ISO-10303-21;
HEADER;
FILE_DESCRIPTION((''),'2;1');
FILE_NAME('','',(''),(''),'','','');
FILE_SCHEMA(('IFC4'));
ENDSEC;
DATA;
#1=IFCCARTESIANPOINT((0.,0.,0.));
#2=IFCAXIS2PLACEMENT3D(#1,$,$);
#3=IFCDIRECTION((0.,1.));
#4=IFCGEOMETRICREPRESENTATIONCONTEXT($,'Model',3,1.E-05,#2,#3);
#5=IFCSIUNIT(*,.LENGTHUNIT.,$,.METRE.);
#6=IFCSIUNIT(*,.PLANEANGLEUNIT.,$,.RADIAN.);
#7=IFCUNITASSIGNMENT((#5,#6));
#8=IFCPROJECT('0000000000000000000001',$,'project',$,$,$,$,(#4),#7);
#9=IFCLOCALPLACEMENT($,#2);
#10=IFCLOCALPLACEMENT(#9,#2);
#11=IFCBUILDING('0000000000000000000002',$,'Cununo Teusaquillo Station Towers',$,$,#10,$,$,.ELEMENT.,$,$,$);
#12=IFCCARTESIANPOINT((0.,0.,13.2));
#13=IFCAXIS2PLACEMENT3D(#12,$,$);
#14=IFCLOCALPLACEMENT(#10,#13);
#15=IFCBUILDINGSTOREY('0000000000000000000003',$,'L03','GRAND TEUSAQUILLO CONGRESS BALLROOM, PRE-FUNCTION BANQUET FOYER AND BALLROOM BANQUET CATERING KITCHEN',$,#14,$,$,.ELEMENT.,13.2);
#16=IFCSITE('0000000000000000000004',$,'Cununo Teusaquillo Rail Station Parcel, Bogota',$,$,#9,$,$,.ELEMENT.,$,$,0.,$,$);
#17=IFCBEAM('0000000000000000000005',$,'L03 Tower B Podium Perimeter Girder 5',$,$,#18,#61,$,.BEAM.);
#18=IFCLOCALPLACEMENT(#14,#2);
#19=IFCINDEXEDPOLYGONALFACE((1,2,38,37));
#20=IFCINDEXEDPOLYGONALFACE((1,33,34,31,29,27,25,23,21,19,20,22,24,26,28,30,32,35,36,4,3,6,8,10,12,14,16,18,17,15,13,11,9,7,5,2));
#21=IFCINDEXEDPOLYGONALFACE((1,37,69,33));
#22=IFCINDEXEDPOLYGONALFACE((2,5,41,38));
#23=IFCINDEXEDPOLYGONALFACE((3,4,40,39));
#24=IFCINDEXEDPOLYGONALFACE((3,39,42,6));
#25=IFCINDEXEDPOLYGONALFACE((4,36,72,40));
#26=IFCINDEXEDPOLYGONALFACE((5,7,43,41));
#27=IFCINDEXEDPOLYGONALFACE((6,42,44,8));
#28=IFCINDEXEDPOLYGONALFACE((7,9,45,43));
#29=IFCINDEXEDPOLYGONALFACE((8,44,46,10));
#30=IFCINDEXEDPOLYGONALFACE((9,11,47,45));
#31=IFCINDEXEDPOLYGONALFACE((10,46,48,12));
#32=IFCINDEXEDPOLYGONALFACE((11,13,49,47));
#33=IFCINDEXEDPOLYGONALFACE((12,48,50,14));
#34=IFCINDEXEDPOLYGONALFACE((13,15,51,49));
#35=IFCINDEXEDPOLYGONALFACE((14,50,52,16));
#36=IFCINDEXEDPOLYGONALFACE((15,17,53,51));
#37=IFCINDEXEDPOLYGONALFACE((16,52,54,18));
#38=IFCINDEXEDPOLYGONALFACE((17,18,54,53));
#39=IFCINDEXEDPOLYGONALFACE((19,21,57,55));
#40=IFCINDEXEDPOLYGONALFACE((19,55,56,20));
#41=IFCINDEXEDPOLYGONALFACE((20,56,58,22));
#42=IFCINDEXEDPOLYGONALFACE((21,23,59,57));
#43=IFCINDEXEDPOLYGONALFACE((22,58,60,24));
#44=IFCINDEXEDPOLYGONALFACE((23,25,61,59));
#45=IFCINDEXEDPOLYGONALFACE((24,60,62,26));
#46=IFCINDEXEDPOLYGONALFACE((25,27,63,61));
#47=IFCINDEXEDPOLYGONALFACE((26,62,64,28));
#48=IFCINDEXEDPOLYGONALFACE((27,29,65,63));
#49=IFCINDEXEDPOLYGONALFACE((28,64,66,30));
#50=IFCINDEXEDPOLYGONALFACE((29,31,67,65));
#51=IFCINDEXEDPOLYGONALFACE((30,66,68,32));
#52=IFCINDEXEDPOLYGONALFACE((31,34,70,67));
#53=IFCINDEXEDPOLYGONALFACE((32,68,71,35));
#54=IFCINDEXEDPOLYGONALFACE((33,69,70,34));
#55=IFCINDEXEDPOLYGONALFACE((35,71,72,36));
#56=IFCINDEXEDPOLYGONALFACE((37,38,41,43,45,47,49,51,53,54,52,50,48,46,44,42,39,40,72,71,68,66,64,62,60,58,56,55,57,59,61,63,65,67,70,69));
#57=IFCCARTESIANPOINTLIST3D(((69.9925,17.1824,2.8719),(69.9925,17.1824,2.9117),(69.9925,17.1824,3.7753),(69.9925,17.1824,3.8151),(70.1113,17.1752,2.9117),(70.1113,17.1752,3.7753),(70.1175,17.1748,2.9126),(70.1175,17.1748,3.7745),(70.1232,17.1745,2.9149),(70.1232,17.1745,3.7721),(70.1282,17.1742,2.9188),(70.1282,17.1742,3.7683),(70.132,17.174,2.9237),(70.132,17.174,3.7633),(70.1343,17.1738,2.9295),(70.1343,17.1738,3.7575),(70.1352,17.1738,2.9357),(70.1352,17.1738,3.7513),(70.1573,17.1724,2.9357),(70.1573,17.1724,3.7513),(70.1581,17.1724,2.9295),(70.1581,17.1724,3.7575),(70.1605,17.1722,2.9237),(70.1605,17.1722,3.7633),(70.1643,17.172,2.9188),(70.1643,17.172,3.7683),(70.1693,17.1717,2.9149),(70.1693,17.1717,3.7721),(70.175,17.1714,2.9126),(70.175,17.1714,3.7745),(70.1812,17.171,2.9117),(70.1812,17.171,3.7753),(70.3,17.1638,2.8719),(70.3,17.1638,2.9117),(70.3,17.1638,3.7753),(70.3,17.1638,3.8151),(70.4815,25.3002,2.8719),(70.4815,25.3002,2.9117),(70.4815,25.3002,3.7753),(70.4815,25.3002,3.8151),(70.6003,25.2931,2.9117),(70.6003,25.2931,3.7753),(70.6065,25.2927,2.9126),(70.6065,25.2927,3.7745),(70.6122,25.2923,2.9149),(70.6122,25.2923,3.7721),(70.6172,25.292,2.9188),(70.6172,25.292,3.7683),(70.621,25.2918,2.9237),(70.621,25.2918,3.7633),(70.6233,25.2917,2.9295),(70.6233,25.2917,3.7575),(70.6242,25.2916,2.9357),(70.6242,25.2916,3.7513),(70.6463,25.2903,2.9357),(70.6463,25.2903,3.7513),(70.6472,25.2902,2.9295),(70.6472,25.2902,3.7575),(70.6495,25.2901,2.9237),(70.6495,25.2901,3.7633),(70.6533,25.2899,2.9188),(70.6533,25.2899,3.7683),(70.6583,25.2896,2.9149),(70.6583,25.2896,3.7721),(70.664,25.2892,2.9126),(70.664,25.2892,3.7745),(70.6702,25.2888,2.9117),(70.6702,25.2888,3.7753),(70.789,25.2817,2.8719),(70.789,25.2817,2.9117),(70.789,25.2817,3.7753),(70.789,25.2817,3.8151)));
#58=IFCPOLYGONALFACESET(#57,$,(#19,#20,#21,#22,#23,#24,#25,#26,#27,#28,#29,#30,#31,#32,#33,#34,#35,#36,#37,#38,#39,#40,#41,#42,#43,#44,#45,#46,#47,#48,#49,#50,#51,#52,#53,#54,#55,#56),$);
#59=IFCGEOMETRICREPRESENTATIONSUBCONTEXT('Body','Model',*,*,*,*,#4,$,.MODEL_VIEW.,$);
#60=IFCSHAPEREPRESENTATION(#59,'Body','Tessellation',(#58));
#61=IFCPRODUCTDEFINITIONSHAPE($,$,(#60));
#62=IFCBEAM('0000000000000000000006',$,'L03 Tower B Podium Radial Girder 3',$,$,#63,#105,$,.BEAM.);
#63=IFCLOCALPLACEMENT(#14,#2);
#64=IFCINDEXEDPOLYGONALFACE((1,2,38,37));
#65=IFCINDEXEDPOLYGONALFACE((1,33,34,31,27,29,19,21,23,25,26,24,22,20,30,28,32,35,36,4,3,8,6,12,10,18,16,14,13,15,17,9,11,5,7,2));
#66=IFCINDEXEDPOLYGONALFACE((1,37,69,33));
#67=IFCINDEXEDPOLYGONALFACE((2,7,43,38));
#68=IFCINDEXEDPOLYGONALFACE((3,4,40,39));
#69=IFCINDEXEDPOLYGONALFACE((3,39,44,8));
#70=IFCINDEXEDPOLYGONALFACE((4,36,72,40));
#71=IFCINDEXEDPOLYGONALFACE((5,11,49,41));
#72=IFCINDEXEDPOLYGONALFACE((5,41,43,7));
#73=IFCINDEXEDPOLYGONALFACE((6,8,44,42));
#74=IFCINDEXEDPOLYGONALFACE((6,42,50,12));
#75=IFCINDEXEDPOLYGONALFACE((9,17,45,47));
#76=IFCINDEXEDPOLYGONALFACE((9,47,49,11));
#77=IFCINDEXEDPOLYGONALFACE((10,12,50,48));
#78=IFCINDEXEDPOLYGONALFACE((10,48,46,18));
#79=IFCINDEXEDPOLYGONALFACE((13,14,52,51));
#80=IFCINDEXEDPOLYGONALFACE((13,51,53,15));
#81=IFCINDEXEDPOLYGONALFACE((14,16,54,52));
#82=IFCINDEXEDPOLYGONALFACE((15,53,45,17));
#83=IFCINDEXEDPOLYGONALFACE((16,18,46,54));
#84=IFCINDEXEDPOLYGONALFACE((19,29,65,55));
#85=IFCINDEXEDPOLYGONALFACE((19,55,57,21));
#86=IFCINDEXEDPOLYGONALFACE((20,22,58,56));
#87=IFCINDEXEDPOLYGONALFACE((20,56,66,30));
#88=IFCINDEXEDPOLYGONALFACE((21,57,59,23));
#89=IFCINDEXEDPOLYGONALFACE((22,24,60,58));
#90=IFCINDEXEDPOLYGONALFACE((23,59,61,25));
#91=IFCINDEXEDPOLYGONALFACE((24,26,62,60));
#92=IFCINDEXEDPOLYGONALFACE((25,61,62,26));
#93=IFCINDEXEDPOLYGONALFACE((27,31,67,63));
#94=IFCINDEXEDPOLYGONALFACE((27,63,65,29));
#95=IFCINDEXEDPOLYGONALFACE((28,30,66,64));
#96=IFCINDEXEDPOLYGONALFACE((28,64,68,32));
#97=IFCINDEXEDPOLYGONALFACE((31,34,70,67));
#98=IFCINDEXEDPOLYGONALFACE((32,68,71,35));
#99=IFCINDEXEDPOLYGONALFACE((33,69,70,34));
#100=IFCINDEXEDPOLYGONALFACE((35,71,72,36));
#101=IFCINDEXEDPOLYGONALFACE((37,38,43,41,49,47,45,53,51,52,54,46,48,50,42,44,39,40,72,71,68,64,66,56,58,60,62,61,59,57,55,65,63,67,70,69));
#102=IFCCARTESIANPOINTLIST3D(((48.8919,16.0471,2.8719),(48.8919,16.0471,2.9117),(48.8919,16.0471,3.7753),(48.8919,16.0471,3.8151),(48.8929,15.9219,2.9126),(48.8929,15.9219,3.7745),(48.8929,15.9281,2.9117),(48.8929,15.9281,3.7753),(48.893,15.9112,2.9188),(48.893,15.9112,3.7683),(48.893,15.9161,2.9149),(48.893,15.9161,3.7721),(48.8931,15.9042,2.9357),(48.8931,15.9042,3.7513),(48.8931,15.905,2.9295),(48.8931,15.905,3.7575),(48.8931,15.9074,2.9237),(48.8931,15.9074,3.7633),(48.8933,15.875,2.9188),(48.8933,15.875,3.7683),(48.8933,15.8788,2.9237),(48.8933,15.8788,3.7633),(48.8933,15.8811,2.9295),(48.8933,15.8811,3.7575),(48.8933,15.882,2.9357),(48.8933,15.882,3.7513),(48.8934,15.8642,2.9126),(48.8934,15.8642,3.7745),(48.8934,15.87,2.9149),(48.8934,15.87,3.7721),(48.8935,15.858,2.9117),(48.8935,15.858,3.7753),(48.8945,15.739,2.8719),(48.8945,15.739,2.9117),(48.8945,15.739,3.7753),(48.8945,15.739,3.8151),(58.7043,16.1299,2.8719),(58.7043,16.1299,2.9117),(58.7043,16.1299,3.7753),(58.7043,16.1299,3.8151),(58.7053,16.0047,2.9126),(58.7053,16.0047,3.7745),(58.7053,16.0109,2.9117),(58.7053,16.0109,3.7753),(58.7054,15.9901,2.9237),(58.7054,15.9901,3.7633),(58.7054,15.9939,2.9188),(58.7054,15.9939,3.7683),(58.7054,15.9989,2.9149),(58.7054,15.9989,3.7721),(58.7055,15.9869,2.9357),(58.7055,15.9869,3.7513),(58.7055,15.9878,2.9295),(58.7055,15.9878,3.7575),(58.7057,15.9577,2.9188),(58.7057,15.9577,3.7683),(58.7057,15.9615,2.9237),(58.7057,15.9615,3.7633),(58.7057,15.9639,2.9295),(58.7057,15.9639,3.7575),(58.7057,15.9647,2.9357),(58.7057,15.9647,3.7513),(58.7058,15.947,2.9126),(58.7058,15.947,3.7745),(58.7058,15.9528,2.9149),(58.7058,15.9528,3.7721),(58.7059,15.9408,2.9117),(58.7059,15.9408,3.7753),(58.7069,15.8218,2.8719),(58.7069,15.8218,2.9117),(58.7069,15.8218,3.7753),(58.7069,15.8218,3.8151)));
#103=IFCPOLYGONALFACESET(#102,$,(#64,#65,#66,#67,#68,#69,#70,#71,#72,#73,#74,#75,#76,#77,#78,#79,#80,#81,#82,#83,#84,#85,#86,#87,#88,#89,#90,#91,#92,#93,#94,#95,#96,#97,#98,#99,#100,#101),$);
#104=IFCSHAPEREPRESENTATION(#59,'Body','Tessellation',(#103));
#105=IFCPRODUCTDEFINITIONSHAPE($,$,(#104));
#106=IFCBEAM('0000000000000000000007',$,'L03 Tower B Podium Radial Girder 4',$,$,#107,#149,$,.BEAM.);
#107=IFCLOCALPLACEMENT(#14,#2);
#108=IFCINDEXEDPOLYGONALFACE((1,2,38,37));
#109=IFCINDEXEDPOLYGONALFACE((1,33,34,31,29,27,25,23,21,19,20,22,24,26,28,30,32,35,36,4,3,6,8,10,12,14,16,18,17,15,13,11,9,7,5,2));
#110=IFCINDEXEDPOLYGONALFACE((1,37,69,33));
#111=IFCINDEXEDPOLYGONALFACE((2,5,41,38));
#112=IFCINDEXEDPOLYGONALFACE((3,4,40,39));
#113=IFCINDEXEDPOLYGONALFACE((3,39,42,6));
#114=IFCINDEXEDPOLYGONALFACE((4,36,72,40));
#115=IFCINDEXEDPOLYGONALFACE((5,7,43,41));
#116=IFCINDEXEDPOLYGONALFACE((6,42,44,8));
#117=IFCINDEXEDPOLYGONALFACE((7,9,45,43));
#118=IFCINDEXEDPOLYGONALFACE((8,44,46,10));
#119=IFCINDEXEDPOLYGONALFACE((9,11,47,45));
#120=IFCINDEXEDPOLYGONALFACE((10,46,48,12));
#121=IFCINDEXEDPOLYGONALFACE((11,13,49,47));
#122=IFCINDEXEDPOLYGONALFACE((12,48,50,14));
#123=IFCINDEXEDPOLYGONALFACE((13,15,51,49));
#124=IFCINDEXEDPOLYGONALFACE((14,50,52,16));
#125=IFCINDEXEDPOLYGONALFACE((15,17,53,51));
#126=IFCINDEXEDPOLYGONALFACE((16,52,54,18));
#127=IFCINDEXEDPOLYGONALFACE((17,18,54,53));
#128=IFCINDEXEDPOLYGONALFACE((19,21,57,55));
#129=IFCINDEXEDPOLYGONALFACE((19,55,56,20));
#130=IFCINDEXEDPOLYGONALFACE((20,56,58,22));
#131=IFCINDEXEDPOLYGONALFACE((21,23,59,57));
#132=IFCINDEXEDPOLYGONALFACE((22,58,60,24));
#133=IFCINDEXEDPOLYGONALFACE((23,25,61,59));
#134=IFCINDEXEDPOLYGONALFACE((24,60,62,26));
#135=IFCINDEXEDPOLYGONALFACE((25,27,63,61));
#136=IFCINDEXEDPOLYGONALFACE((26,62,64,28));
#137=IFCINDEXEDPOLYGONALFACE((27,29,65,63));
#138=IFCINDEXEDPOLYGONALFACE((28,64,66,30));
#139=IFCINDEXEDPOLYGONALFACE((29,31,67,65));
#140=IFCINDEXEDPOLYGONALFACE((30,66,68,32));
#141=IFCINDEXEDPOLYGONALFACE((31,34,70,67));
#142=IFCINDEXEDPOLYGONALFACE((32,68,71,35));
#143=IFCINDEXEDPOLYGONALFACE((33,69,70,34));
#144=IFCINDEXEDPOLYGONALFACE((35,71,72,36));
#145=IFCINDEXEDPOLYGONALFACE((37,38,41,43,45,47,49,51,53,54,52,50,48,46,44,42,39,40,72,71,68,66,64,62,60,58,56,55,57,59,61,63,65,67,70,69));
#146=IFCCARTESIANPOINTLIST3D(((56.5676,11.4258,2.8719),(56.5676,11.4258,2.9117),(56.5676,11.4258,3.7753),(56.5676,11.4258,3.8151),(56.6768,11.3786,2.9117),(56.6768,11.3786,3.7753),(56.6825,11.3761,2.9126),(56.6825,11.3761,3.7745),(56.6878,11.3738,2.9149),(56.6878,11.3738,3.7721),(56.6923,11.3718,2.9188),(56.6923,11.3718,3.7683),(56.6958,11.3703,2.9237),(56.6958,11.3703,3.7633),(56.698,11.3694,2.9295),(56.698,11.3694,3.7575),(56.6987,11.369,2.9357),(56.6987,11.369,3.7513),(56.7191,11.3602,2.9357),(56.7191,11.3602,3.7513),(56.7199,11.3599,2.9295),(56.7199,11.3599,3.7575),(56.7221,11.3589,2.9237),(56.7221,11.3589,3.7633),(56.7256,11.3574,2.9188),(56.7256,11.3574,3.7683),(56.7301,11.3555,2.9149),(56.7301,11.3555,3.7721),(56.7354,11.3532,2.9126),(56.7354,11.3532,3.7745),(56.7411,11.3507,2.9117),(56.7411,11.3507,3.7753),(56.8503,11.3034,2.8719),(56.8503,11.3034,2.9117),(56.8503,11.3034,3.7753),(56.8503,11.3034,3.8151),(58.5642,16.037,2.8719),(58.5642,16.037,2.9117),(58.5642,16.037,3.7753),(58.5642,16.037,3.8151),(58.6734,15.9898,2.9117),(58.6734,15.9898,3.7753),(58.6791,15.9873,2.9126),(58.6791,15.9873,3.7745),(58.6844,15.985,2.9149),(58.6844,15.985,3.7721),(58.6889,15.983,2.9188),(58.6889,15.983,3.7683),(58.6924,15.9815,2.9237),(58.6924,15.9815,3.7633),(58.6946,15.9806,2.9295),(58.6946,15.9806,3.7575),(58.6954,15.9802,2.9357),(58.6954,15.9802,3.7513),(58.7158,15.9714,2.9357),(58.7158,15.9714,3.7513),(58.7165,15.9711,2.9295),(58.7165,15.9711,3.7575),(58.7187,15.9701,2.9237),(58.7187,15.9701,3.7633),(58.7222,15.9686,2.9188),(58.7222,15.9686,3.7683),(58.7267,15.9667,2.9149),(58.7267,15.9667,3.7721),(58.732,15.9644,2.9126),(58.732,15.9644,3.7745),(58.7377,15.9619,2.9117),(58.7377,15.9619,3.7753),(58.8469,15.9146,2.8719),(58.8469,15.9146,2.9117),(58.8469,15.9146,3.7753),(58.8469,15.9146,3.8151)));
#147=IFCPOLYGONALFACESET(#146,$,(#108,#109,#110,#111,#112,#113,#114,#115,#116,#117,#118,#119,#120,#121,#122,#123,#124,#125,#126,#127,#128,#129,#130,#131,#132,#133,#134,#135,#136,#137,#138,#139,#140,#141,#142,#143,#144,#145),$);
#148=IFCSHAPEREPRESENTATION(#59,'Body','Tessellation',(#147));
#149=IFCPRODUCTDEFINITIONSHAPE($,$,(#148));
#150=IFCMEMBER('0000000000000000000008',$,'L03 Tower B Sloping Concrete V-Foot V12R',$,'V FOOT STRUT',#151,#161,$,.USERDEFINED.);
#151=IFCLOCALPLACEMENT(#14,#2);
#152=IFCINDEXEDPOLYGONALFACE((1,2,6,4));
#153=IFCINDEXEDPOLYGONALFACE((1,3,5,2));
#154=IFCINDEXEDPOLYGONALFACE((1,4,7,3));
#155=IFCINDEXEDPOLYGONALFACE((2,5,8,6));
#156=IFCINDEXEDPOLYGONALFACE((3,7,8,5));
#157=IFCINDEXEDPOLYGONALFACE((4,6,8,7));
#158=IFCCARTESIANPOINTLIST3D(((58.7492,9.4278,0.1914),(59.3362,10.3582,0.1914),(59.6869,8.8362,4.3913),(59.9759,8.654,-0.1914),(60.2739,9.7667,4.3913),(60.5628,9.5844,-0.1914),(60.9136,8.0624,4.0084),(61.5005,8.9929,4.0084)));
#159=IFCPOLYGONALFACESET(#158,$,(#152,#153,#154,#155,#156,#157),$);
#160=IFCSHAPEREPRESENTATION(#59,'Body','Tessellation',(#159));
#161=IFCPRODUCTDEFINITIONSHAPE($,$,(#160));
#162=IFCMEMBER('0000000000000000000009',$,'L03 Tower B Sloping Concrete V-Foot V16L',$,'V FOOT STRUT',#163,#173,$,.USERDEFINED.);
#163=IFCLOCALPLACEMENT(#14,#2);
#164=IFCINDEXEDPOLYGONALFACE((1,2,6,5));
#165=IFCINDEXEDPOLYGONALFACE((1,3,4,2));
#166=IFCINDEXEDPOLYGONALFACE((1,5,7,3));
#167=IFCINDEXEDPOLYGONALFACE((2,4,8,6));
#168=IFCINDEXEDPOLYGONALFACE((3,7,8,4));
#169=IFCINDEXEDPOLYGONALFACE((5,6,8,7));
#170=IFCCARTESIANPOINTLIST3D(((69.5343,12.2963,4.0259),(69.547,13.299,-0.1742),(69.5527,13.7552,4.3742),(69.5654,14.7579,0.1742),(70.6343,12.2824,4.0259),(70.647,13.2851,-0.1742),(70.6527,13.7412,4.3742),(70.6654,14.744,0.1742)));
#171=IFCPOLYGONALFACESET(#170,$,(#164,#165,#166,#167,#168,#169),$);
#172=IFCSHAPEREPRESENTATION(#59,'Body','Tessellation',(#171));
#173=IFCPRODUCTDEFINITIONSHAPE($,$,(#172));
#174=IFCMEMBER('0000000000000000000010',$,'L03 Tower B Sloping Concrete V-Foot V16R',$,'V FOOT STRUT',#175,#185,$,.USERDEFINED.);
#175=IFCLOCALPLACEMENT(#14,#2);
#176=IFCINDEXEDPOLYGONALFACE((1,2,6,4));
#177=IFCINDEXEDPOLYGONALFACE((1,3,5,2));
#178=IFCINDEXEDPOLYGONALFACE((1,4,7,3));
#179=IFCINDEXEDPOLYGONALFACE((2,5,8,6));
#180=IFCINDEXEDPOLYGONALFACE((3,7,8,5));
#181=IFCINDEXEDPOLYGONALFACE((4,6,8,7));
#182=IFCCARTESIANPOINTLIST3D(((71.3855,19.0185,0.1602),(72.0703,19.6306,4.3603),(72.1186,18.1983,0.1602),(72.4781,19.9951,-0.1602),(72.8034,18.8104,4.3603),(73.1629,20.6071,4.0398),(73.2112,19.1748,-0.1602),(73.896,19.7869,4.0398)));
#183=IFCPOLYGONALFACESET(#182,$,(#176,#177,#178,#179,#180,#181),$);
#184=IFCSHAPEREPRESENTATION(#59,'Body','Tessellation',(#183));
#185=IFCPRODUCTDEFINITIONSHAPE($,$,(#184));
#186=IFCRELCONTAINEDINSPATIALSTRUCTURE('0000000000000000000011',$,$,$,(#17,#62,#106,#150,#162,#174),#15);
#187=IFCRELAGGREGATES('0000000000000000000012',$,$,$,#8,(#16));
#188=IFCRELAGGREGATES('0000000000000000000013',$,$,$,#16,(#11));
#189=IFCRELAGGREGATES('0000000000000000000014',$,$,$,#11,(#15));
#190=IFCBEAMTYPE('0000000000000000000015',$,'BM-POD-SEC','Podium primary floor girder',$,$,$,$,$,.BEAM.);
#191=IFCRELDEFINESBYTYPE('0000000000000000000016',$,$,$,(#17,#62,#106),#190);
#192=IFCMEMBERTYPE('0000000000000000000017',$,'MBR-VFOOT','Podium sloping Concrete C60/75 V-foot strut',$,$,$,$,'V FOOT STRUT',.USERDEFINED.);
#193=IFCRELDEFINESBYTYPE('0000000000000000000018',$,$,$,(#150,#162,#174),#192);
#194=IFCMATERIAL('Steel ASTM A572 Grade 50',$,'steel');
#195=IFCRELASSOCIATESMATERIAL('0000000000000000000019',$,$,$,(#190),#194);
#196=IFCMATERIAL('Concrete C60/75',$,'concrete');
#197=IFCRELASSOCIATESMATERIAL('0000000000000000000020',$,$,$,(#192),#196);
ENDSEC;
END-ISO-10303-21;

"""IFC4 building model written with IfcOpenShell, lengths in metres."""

from ifc_helpers import new_model, si_unit, direction, frame, origin, origin_2d, place, context, subcontext, project, spatial, rectangle, i_section, extrude, material, material_profile, profile_set, type_object, element, save


model = new_model("IFC4")

# Units and contexts
model_context = context("Model", 3, precision=1e-05, world=origin(), true_north=direction((0.0, 1.0)))
body_context = subcontext(model_context, "Body", "Model", "MODEL_VIEW")
ifc_project = project(units=[si_unit("LENGTHUNIT", "METRE"), si_unit("PLANEANGLEUNIT", "RADIAN")], contexts=[model_context])

# Site, building, storey
site_placement = place(None, origin())
site = spatial("IfcSite", under=ifc_project, at=site_placement, Name="Cununo Teusaquillo Rail Station Parcel, Bogota", CompositionType="ELEMENT", RefElevation=0.0)
building_placement = place(site_placement, origin())
building = spatial("IfcBuilding", under=site, at=building_placement, Name="Cununo Teusaquillo Station Towers", CompositionType="ELEMENT")
storey_placement = place(building_placement, frame((0.0, 0.0, 13.2)))
storey = spatial("IfcBuildingStorey", under=building, at=storey_placement, Name="L03", Description="GRAND TEUSAQUILLO CONGRESS BALLROOM, PRE-FUNCTION BANQUET FOYER AND BALLROOM BANQUET CATERING KITCHEN", CompositionType="ELEMENT", Elevation=13.2)

# Beams
ifc_material_1 = material(Name="Steel ASTM A572 Grade 50", Category="steel")
ifc_material_profile_1 = material_profile(ifc_material_1, i_section(OverallWidth=0.3081, OverallDepth=0.9431, WebThickness=0.0222, FlangeThickness=0.0398, FilletRadius=0.0239, at=origin_2d()), Name="W36X232")
ifc_profile_set_1 = profile_set([ifc_material_profile_1], Name="Steel ASTM A572 Grade 50")
beam_type_1 = type_object("IfcBeamType", Name="BM-POD-SEC", Description="Podium primary floor girder", PredefinedType="BEAM", material=ifc_profile_set_1)
beam_1_placement = place(storey_placement, frame((70.1462, 17.1731, 3.3435), z_axis=(0.06013, 0.998191, 0.0), x_axis=(-0.998191, 0.06013, 0.0)))
element("IfcBeam", 1, at=beam_1_placement, inside=storey, type_object=beam_type_1, Name="L03 Tower B Podium Perimeter Girder 5", PredefinedType="BEAM", context=body_context, shape_type="SweptSolid", body=[
    extrude(i_section(OverallWidth=0.3081, OverallDepth=0.9431, WebThickness=0.0222, FlangeThickness=0.0398, FilletRadius=0.0239, at=origin_2d()), origin(), (0.0, 0.0, 1.0), 8.1326),
])
beam_2_placement = place(storey_placement, frame((58.7056, 15.9758, 3.3435), z_axis=(-0.999964, -0.008434, 0.0), x_axis=(0.008434, -0.999964, 0.0)))
element("IfcBeam", 2, at=beam_2_placement, inside=storey, type_object=beam_type_1, Name="L03 Tower B Podium Radial Girder 3", PredefinedType="BEAM", context=body_context, shape_type="SweptSolid", body=[
    extrude(i_section(OverallWidth=0.3081, OverallDepth=0.9431, WebThickness=0.0222, FlangeThickness=0.0398, FilletRadius=0.0239, at=origin_2d()), origin(), (0.0, 0.0, 1.0), 9.8127),
])
beam_3_placement = place(storey_placement, frame((58.7056, 15.9758, 3.3435), z_axis=(-0.397347, -0.917668, 0.0), x_axis=(0.917668, -0.397347, 0.0)))
element("IfcBeam", 3, at=beam_3_placement, inside=storey, type_object=beam_type_1, Name="L03 Tower B Podium Radial Girder 4", PredefinedType="BEAM", context=body_context, shape_type="SweptSolid", body=[
    extrude(i_section(OverallWidth=0.3081, OverallDepth=0.9431, WebThickness=0.0222, FlangeThickness=0.0398, FilletRadius=0.0239, at=origin_2d()), origin(), (0.0, 0.0, 1.0), 5.0249),
])

# Members
ifc_material_2 = material(Name="Concrete C60/75", Category="concrete")
ifc_material_profile_2 = material_profile(ifc_material_2, rectangle(XDim=1.1001, YDim=1.5, at=origin_2d()), Name="RC-RECT-1500x1100")
ifc_profile_set_2 = profile_set([ifc_material_profile_2], Name="Concrete C60/75")
member_type = type_object("IfcMemberType", Name="MBR-VFOOT", Description="Podium sloping Concrete C60/75 V-foot strut", ElementType="V FOOT STRUT", PredefinedType="USERDEFINED", material=ifc_profile_set_2)
member_1_placement = place(storey_placement, frame((59.656, 9.5061, 0.0), z_axis=(0.215879, -0.136182, 0.966877), x_axis=(0.533537, 0.845777, 0.0)))
element("IfcMember", 4, at=member_1_placement, inside=storey, type_object=member_type, Name="L03 Tower B Sloping Concrete V-Foot V12R", ObjectType="V FOOT STRUT", PredefinedType="USERDEFINED", context=body_context, shape_type="SweptSolid", body=[
    extrude(rectangle(XDim=1.1001, YDim=1.5, at=origin_2d()), origin(), (0.0, 0.0, 1.0), 4.3438),
])
member_2_placement = place(storey_placement, frame((70.1062, 14.0215, 0.0), z_axis=(-0.00294, -0.232211, 0.972661), x_axis=(0.99992, -0.01266, 0.0)))
element("IfcMember", 5, at=member_2_placement, inside=storey, type_object=member_type, Name="L03 Tower B Sloping Concrete V-Foot V16L", ObjectType="V FOOT STRUT", PredefinedType="USERDEFINED", context=body_context, shape_type="SweptSolid", body=[
    extrude(rectangle(XDim=1.1001, YDim=1.5, at=origin_2d()), origin(), (0.0, 0.0, 1.0), 4.3181),
])
member_3_placement = place(storey_placement, frame((72.2983, 19.0967, 0.0), z_axis=(0.159289, 0.142366, 0.976913), x_axis=(-0.666391, 0.745603, 0.0)))
element("IfcMember", 6, at=member_3_placement, inside=storey, type_object=member_type, Name="L03 Tower B Sloping Concrete V-Foot V16R", ObjectType="V FOOT STRUT", PredefinedType="USERDEFINED", context=body_context, shape_type="SweptSolid", body=[
    extrude(rectangle(XDim=1.1001, YDim=1.5, at=origin_2d()), origin(), (0.0, 0.0, 1.0), 4.2993),
])

save(model, "model.ifc")
